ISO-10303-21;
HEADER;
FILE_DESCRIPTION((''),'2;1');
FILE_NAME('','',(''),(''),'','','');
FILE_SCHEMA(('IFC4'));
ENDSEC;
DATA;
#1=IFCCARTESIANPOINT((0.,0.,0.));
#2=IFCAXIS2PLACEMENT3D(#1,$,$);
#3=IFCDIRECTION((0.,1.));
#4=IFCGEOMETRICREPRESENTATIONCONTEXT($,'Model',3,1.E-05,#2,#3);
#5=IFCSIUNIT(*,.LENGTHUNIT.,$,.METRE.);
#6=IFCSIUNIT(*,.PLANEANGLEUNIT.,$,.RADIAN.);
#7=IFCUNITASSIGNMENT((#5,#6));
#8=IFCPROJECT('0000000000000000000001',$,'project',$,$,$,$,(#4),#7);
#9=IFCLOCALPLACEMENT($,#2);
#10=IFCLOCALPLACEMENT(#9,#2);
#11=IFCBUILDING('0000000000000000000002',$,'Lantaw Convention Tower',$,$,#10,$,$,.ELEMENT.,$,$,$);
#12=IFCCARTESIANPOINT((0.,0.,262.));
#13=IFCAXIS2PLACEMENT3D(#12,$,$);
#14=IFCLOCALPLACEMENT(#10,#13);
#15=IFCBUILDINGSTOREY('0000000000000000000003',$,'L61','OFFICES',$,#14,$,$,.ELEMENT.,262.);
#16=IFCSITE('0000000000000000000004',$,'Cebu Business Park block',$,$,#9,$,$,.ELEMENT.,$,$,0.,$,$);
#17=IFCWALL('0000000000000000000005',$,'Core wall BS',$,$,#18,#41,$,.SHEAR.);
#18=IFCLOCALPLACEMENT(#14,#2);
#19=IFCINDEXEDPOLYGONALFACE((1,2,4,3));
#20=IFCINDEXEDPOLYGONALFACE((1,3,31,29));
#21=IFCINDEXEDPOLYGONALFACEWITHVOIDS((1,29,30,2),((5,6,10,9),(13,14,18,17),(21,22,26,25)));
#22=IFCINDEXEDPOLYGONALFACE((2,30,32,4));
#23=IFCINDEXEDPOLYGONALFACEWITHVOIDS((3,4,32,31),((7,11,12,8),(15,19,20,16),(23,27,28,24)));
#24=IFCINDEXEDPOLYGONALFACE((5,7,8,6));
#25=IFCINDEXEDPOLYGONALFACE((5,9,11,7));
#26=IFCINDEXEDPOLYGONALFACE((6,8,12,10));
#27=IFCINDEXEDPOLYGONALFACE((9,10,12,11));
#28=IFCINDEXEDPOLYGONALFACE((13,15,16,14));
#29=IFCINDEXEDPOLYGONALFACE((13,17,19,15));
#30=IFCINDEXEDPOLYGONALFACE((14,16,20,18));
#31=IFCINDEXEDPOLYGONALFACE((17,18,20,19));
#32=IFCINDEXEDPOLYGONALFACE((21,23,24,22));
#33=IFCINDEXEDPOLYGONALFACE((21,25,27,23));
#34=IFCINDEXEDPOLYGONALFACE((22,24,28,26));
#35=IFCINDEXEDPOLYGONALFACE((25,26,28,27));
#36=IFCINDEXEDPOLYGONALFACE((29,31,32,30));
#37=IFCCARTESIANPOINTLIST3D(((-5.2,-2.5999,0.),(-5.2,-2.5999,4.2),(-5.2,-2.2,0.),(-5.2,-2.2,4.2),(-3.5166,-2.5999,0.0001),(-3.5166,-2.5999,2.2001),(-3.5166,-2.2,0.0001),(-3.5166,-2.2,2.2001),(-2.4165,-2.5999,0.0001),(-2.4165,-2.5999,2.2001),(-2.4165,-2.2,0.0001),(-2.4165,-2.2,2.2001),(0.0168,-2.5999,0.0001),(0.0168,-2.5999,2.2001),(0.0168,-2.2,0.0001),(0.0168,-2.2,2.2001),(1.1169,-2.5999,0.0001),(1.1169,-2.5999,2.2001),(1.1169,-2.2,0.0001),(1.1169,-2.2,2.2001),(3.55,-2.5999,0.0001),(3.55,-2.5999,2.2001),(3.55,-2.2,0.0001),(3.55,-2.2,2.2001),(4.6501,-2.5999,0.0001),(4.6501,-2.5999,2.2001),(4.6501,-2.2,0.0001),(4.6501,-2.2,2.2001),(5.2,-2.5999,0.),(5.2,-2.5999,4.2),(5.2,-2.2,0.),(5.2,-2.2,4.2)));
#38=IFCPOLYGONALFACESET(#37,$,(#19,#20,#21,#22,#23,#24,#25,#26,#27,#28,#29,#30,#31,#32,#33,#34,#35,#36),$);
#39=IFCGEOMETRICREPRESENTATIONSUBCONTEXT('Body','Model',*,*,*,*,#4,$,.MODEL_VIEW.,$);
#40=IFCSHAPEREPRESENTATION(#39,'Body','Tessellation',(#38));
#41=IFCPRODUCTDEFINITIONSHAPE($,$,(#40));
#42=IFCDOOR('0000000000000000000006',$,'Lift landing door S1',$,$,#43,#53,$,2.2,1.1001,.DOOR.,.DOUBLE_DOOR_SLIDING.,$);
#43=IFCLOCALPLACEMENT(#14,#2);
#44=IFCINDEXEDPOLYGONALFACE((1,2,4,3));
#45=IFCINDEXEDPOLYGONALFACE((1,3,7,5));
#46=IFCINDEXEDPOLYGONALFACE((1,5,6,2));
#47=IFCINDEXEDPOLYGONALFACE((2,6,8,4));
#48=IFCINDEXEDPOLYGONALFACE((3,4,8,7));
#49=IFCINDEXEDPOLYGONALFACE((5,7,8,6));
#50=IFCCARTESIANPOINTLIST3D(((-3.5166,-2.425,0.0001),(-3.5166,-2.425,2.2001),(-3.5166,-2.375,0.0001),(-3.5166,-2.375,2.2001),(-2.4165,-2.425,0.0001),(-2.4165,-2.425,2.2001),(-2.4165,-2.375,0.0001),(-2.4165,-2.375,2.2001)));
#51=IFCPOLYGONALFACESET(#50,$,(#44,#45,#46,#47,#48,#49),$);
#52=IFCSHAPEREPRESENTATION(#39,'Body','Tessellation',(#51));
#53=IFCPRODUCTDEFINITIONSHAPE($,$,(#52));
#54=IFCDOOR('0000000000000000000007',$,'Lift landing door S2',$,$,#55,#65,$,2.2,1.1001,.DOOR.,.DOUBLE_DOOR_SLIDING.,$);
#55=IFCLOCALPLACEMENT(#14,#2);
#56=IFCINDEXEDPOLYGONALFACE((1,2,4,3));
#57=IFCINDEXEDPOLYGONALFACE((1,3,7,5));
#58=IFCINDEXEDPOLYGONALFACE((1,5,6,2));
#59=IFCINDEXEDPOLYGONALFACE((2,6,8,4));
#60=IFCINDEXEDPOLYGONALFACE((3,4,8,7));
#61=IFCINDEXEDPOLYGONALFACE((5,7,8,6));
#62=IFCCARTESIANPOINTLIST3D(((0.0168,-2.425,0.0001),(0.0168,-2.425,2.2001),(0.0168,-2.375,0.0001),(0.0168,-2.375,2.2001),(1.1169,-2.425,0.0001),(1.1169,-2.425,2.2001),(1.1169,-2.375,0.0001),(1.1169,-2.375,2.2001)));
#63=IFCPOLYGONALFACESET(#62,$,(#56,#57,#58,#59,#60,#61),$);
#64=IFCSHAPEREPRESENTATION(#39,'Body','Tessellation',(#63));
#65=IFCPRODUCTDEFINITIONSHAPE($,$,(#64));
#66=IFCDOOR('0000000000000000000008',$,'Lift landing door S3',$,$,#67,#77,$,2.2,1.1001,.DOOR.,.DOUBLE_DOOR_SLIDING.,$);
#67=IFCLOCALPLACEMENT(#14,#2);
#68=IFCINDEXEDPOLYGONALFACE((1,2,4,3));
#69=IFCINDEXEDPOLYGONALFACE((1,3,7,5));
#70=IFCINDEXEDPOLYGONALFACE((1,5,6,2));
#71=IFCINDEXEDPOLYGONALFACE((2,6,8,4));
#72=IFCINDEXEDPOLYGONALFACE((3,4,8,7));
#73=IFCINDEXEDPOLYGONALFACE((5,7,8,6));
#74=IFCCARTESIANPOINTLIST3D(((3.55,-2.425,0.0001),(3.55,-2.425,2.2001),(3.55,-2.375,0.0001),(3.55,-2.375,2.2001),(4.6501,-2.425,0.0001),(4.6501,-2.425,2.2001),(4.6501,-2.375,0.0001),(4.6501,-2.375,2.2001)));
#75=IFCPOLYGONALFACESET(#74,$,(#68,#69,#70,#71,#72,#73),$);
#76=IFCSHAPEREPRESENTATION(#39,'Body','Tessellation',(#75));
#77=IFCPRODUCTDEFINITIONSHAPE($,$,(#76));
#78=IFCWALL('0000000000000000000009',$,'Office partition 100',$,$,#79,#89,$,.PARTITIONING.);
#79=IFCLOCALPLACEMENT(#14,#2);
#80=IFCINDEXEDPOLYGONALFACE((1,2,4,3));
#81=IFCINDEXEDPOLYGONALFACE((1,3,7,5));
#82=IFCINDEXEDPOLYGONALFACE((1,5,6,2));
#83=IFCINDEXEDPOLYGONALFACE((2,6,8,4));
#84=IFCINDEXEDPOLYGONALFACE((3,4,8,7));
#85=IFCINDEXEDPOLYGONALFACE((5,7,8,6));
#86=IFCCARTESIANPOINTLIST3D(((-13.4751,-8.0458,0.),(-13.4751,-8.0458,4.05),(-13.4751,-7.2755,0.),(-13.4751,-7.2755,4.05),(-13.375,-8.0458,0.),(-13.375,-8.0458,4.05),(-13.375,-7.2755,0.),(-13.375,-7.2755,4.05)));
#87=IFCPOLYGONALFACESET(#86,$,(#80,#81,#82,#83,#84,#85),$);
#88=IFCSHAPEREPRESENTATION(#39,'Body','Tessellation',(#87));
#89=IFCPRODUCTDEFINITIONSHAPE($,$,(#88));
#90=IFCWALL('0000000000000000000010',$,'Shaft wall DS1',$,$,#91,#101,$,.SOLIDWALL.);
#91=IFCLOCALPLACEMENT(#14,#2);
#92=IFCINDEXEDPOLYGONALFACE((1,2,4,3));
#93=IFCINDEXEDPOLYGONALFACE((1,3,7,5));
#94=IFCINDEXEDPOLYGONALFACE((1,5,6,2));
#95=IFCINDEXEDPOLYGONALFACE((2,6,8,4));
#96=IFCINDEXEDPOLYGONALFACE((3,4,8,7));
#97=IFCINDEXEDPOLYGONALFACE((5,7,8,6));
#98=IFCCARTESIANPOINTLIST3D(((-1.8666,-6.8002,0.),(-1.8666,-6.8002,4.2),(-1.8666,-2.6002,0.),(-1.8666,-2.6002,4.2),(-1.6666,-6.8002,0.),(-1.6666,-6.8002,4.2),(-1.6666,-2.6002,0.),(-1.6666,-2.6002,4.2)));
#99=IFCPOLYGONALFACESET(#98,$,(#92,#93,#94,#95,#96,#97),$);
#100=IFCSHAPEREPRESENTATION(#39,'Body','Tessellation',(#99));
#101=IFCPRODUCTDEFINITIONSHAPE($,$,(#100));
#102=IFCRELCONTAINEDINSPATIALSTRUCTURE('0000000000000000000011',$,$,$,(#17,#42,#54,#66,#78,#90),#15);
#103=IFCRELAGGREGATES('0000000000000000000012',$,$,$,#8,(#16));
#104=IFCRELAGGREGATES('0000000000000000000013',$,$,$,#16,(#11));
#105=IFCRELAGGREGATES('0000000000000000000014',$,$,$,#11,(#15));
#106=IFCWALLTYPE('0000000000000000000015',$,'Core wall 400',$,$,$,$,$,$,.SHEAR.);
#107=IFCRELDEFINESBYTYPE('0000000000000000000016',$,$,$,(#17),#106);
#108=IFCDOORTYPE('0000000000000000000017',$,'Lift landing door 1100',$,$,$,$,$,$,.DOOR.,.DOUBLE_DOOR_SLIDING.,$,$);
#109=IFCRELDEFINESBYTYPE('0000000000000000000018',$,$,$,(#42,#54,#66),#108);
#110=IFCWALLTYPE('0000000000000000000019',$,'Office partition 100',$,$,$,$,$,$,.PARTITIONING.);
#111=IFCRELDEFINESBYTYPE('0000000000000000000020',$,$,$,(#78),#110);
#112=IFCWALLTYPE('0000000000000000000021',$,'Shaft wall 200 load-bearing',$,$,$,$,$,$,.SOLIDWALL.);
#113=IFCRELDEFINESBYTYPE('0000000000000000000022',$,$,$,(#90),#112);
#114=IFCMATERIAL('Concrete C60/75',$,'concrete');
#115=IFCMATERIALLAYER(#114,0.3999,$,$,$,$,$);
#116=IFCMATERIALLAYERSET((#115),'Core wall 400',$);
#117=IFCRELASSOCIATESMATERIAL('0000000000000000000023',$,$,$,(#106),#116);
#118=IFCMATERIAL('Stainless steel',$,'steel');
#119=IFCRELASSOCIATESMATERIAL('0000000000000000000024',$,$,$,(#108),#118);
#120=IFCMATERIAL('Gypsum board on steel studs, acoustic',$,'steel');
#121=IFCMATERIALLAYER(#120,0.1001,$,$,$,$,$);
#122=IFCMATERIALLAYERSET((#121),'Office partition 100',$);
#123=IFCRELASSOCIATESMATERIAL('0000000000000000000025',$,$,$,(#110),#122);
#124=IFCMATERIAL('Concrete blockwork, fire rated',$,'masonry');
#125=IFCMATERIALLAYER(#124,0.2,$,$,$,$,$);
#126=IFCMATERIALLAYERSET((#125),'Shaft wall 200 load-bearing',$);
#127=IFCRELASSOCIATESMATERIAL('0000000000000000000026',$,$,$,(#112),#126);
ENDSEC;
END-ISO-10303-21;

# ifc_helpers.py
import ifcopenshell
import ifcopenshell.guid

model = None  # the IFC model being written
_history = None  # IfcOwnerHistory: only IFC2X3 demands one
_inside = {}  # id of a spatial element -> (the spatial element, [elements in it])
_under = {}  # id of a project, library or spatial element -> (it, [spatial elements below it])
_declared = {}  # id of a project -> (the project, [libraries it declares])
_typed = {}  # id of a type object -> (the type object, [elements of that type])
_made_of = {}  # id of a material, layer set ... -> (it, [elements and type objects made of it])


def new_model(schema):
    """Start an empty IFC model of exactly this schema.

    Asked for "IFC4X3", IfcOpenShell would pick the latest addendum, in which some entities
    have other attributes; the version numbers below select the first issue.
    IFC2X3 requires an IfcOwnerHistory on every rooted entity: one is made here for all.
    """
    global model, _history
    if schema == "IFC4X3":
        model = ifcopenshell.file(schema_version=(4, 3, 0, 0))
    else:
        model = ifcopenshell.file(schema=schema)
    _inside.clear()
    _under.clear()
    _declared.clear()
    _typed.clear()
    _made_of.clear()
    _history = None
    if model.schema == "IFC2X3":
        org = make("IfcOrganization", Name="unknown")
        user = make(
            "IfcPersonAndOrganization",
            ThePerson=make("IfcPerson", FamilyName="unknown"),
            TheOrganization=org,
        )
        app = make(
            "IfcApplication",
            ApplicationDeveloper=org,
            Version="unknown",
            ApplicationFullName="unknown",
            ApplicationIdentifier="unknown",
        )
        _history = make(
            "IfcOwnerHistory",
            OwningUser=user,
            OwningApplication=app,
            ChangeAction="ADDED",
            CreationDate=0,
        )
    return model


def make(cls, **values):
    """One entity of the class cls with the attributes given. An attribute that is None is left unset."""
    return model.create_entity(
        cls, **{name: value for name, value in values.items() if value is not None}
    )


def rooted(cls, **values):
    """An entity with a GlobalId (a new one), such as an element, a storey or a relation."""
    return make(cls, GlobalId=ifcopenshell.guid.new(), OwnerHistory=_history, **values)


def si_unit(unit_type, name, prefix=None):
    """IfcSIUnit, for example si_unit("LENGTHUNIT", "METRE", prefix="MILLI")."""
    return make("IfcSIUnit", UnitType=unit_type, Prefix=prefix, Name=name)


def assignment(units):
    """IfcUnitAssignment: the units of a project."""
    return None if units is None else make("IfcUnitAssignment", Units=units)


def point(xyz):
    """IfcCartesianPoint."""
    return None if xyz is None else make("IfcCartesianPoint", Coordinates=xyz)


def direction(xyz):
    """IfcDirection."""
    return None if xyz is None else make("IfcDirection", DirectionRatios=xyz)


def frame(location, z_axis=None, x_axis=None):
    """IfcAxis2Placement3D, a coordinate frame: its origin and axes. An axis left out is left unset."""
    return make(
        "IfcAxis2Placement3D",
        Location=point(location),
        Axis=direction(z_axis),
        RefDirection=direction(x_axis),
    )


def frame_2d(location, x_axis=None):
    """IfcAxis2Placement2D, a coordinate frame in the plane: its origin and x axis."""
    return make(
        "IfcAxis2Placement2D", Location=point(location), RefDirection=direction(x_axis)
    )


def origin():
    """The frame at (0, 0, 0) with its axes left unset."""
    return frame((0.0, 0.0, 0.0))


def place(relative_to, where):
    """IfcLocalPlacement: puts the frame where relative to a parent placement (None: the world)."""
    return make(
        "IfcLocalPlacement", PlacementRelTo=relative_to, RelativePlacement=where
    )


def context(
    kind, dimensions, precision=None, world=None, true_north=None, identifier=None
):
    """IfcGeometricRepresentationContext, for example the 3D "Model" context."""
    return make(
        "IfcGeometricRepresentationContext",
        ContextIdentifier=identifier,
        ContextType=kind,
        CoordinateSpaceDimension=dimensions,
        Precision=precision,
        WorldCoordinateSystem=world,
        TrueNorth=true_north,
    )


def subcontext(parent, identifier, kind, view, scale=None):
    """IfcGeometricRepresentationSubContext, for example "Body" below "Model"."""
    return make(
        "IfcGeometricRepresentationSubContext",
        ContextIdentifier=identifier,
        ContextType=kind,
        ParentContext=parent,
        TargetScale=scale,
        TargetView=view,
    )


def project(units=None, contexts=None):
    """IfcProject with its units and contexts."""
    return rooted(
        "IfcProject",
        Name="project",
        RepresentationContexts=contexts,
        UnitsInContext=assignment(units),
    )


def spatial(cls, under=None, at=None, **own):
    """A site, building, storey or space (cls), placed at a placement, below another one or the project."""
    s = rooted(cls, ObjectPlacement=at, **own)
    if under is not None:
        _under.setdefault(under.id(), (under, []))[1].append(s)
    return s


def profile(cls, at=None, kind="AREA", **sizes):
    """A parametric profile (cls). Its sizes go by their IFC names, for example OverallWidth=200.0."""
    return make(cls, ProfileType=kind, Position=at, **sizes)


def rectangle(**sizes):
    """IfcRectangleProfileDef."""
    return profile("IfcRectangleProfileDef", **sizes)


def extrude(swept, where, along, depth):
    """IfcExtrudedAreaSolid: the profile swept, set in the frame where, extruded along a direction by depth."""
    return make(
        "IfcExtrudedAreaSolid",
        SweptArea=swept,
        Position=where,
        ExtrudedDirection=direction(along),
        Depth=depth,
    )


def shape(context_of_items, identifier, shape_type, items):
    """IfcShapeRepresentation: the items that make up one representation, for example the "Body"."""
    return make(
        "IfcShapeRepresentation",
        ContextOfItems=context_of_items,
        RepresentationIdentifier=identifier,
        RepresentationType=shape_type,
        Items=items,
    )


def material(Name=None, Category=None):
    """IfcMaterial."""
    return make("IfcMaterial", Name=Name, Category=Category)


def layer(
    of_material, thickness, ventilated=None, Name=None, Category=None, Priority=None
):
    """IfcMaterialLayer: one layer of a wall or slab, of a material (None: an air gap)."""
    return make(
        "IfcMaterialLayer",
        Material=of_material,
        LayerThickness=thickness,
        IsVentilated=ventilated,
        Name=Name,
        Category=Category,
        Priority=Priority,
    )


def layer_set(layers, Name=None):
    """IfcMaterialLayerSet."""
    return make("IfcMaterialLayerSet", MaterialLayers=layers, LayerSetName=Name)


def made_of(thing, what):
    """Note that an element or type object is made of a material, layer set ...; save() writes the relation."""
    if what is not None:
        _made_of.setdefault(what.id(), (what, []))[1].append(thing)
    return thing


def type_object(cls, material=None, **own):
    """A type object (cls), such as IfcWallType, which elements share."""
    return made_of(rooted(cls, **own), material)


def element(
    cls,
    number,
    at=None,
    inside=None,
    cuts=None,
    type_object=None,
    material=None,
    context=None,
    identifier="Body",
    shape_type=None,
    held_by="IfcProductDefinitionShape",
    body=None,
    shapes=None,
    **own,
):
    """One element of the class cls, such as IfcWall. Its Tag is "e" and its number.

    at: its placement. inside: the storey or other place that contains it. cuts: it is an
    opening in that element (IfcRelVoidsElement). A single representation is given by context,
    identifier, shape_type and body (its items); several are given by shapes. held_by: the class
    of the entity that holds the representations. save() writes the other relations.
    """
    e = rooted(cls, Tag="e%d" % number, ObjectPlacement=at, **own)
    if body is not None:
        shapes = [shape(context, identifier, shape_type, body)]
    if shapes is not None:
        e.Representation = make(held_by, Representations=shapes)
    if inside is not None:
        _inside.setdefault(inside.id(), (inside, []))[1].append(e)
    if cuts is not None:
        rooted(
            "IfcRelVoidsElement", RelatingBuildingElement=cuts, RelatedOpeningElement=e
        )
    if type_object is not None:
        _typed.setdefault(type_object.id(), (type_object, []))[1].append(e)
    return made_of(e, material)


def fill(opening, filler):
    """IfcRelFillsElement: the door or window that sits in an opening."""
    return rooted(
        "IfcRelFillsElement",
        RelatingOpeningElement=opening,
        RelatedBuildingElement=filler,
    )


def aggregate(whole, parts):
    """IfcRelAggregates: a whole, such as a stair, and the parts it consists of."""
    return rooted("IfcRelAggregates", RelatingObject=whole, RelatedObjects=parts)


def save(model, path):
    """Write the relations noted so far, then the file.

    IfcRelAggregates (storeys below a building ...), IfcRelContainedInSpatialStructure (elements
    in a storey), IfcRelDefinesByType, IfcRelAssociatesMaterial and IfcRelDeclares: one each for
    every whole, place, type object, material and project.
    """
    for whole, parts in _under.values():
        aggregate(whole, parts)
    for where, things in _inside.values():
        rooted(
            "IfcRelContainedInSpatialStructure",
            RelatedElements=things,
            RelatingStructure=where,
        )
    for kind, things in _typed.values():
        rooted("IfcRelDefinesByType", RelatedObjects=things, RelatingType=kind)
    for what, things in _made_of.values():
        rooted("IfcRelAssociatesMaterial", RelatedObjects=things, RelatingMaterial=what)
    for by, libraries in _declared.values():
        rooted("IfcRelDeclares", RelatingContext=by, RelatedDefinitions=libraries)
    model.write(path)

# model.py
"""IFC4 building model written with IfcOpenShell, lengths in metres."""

from ifc_helpers import new_model, si_unit, direction, frame, frame_2d, origin, place, context, subcontext, project, spatial, rectangle, extrude, material, layer, layer_set, type_object, element, fill, save


model = new_model("IFC4")

# Units and contexts
model_context = context("Model", 3, precision=1e-05, world=origin(), true_north=direction((0.0, 1.0)))
body_context = subcontext(model_context, "Body", "Model", "MODEL_VIEW")
ifc_project = project(units=[si_unit("LENGTHUNIT", "METRE"), si_unit("PLANEANGLEUNIT", "RADIAN")], contexts=[model_context])

# Site, building, storey
site_placement = place(None, origin())
site = spatial("IfcSite", under=ifc_project, at=site_placement, Name="Cebu Business Park block", CompositionType="ELEMENT", RefElevation=0.0)
building_placement = place(site_placement, origin())
building = spatial("IfcBuilding", under=site, at=building_placement, Name="Lantaw Convention Tower", CompositionType="ELEMENT")
storey_placement = place(building_placement, frame((0.0, 0.0, 262.0)))
storey = spatial("IfcBuildingStorey", under=building, at=storey_placement, Name="L61", Description="OFFICES", CompositionType="ELEMENT", Elevation=262.0)

# Shared definitions
ifc_material_1 = material(Name="Concrete C60/75", Category="concrete")

# Wall, openings, doors
ifc_layer_1 = layer(ifc_material_1, 0.3999)
ifc_layer_set_1 = layer_set([ifc_layer_1], Name="Core wall 400")
wall_type_1 = type_object("IfcWallType", Name="Core wall 400", PredefinedType="SHEAR", material=ifc_layer_set_1)
wall_1_placement = place(storey_placement, frame((-5.2, -2.3999, 0.0), z_axis=(0.0, 0.0, 1.0), x_axis=(1.0, 0.0, 0.0)))
wall_1 = element("IfcWall", 1, at=wall_1_placement, inside=storey, type_object=wall_type_1, Name="Core wall BS", PredefinedType="SHEAR", context=body_context, shape_type="SweptSolid", body=[
    extrude(rectangle(XDim=10.3999, YDim=0.3999, at=frame_2d((5.2, 0.0))), origin(), (0.0, 0.0, 1.0), 4.2),
])
opening_1_placement = place(wall_1_placement, frame((1.6833, 0.0, 0.0)))
opening_1 = element("IfcOpeningElement", 2, at=opening_1_placement, cuts=wall_1, PredefinedType="OPENING", context=body_context, shape_type="SweptSolid", body=[
    extrude(rectangle(XDim=1.1001, YDim=2.2, at=frame_2d((0.55, 1.1001))), frame((0.0, 0.21, 0.0), z_axis=(0.0, -1.0, 0.0), x_axis=(1.0, 0.0, 0.0)), (0.0, 0.0, 1.0), 0.4199),
])
opening_2_placement = place(wall_1_placement, frame((5.2168, 0.0, 0.0)))
opening_2 = element("IfcOpeningElement", 3, at=opening_2_placement, cuts=wall_1, PredefinedType="OPENING", context=body_context, shape_type="SweptSolid", body=[
    extrude(rectangle(XDim=1.1001, YDim=2.2, at=frame_2d((0.55, 1.1001))), frame((0.0, 0.21, 0.0), z_axis=(0.0, -1.0, 0.0), x_axis=(1.0, 0.0, 0.0)), (0.0, 0.0, 1.0), 0.4199),
])
opening_3_placement = place(wall_1_placement, frame((8.75, 0.0, 0.0)))
opening_3 = element("IfcOpeningElement", 4, at=opening_3_placement, cuts=wall_1, PredefinedType="OPENING", context=body_context, shape_type="SweptSolid", body=[
    extrude(rectangle(XDim=1.1001, YDim=2.2, at=frame_2d((0.55, 1.1001))), frame((0.0, 0.21, 0.0), z_axis=(0.0, -1.0, 0.0), x_axis=(1.0, 0.0, 0.0)), (0.0, 0.0, 1.0), 0.4199),
])
ifc_material_2 = material(Name="Stainless steel", Category="steel")
door_type_1 = type_object("IfcDoorType", Name="Lift landing door 1100", OperationType="DOUBLE_DOOR_SLIDING", PredefinedType="DOOR", material=ifc_material_2)
door_1_placement = place(opening_1_placement, origin())
door_1 = element("IfcDoor", 5, at=door_1_placement, inside=storey, type_object=door_type_1, Name="Lift landing door S1", OperationType="DOUBLE_DOOR_SLIDING", OverallHeight=2.2, OverallWidth=1.1001, PredefinedType="DOOR", context=body_context, shape_type="SweptSolid", body=[
    extrude(rectangle(XDim=1.1001, YDim=2.2, at=frame_2d((0.55, 1.1001))), frame((0.0, 0.0249, 0.0), z_axis=(0.0, -1.0, 0.0), x_axis=(1.0, 0.0, 0.0)), (0.0, 0.0, 1.0), 0.05),
])
fill(opening_1, door_1)
door_2_placement = place(opening_2_placement, origin())
door_2 = element("IfcDoor", 6, at=door_2_placement, inside=storey, type_object=door_type_1, Name="Lift landing door S2", OperationType="DOUBLE_DOOR_SLIDING", OverallHeight=2.2, OverallWidth=1.1001, PredefinedType="DOOR", context=body_context, shape_type="SweptSolid", body=[
    extrude(rectangle(XDim=1.1001, YDim=2.2, at=frame_2d((0.55, 1.1001))), frame((0.0, 0.0249, 0.0), z_axis=(0.0, -1.0, 0.0), x_axis=(1.0, 0.0, 0.0)), (0.0, 0.0, 1.0), 0.05),
])
fill(opening_2, door_2)
door_3_placement = place(opening_3_placement, origin())
door_3 = element("IfcDoor", 7, at=door_3_placement, inside=storey, type_object=door_type_1, Name="Lift landing door S3", OperationType="DOUBLE_DOOR_SLIDING", OverallHeight=2.2, OverallWidth=1.1001, PredefinedType="DOOR", context=body_context, shape_type="SweptSolid", body=[
    extrude(rectangle(XDim=1.1001, YDim=2.2, at=frame_2d((0.55, 1.1001))), frame((0.0, 0.0249, 0.0), z_axis=(0.0, -1.0, 0.0), x_axis=(1.0, 0.0, 0.0)), (0.0, 0.0, 1.0), 0.05),
])
fill(opening_3, door_3)

# Walls
ifc_material_3 = material(Name="Gypsum board on steel studs, acoustic", Category="steel")
ifc_layer_2 = layer(ifc_material_3, 0.1001)
ifc_layer_set_2 = layer_set([ifc_layer_2], Name="Office partition 100")
wall_type_2 = type_object("IfcWallType", Name="Office partition 100", PredefinedType="PARTITIONING", material=ifc_layer_set_2)
wall_2_placement = place(storey_placement, frame((-13.425, -7.2754, 0.0), z_axis=(0.0, 0.0, 1.0), x_axis=(0.0, -1.0, 0.0)))
element("IfcWall", 8, at=wall_2_placement, inside=storey, type_object=wall_type_2, Name="Office partition 100", PredefinedType="PARTITIONING", context=body_context, shape_type="SweptSolid", body=[
    extrude(rectangle(XDim=0.7703, YDim=0.1001, at=frame_2d((0.3853, 0.0))), origin(), (0.0, 0.0, 1.0), 4.05),
])
ifc_material_4 = material(Name="Concrete blockwork, fire rated", Category="masonry")
ifc_layer_3 = layer(ifc_material_4, 0.2)
ifc_layer_set_3 = layer_set([ifc_layer_3], Name="Shaft wall 200 load-bearing")
wall_type_3 = type_object("IfcWallType", Name="Shaft wall 200 load-bearing", PredefinedType="SOLIDWALL", material=ifc_layer_set_3)
wall_3_placement = place(storey_placement, frame((-1.7666, -2.6001, 0.0), z_axis=(0.0, 0.0, 1.0), x_axis=(0.0, -1.0, 0.0)))
element("IfcWall", 9, at=wall_3_placement, inside=storey, type_object=wall_type_3, Name="Shaft wall DS1", PredefinedType="SOLIDWALL", context=body_context, shape_type="SweptSolid", body=[
    extrude(rectangle(XDim=4.2, YDim=0.2, at=frame_2d((2.1001, 0.0))), origin(), (0.0, 0.0, 1.0), 4.2),
])

save(model, "model.ifc")
